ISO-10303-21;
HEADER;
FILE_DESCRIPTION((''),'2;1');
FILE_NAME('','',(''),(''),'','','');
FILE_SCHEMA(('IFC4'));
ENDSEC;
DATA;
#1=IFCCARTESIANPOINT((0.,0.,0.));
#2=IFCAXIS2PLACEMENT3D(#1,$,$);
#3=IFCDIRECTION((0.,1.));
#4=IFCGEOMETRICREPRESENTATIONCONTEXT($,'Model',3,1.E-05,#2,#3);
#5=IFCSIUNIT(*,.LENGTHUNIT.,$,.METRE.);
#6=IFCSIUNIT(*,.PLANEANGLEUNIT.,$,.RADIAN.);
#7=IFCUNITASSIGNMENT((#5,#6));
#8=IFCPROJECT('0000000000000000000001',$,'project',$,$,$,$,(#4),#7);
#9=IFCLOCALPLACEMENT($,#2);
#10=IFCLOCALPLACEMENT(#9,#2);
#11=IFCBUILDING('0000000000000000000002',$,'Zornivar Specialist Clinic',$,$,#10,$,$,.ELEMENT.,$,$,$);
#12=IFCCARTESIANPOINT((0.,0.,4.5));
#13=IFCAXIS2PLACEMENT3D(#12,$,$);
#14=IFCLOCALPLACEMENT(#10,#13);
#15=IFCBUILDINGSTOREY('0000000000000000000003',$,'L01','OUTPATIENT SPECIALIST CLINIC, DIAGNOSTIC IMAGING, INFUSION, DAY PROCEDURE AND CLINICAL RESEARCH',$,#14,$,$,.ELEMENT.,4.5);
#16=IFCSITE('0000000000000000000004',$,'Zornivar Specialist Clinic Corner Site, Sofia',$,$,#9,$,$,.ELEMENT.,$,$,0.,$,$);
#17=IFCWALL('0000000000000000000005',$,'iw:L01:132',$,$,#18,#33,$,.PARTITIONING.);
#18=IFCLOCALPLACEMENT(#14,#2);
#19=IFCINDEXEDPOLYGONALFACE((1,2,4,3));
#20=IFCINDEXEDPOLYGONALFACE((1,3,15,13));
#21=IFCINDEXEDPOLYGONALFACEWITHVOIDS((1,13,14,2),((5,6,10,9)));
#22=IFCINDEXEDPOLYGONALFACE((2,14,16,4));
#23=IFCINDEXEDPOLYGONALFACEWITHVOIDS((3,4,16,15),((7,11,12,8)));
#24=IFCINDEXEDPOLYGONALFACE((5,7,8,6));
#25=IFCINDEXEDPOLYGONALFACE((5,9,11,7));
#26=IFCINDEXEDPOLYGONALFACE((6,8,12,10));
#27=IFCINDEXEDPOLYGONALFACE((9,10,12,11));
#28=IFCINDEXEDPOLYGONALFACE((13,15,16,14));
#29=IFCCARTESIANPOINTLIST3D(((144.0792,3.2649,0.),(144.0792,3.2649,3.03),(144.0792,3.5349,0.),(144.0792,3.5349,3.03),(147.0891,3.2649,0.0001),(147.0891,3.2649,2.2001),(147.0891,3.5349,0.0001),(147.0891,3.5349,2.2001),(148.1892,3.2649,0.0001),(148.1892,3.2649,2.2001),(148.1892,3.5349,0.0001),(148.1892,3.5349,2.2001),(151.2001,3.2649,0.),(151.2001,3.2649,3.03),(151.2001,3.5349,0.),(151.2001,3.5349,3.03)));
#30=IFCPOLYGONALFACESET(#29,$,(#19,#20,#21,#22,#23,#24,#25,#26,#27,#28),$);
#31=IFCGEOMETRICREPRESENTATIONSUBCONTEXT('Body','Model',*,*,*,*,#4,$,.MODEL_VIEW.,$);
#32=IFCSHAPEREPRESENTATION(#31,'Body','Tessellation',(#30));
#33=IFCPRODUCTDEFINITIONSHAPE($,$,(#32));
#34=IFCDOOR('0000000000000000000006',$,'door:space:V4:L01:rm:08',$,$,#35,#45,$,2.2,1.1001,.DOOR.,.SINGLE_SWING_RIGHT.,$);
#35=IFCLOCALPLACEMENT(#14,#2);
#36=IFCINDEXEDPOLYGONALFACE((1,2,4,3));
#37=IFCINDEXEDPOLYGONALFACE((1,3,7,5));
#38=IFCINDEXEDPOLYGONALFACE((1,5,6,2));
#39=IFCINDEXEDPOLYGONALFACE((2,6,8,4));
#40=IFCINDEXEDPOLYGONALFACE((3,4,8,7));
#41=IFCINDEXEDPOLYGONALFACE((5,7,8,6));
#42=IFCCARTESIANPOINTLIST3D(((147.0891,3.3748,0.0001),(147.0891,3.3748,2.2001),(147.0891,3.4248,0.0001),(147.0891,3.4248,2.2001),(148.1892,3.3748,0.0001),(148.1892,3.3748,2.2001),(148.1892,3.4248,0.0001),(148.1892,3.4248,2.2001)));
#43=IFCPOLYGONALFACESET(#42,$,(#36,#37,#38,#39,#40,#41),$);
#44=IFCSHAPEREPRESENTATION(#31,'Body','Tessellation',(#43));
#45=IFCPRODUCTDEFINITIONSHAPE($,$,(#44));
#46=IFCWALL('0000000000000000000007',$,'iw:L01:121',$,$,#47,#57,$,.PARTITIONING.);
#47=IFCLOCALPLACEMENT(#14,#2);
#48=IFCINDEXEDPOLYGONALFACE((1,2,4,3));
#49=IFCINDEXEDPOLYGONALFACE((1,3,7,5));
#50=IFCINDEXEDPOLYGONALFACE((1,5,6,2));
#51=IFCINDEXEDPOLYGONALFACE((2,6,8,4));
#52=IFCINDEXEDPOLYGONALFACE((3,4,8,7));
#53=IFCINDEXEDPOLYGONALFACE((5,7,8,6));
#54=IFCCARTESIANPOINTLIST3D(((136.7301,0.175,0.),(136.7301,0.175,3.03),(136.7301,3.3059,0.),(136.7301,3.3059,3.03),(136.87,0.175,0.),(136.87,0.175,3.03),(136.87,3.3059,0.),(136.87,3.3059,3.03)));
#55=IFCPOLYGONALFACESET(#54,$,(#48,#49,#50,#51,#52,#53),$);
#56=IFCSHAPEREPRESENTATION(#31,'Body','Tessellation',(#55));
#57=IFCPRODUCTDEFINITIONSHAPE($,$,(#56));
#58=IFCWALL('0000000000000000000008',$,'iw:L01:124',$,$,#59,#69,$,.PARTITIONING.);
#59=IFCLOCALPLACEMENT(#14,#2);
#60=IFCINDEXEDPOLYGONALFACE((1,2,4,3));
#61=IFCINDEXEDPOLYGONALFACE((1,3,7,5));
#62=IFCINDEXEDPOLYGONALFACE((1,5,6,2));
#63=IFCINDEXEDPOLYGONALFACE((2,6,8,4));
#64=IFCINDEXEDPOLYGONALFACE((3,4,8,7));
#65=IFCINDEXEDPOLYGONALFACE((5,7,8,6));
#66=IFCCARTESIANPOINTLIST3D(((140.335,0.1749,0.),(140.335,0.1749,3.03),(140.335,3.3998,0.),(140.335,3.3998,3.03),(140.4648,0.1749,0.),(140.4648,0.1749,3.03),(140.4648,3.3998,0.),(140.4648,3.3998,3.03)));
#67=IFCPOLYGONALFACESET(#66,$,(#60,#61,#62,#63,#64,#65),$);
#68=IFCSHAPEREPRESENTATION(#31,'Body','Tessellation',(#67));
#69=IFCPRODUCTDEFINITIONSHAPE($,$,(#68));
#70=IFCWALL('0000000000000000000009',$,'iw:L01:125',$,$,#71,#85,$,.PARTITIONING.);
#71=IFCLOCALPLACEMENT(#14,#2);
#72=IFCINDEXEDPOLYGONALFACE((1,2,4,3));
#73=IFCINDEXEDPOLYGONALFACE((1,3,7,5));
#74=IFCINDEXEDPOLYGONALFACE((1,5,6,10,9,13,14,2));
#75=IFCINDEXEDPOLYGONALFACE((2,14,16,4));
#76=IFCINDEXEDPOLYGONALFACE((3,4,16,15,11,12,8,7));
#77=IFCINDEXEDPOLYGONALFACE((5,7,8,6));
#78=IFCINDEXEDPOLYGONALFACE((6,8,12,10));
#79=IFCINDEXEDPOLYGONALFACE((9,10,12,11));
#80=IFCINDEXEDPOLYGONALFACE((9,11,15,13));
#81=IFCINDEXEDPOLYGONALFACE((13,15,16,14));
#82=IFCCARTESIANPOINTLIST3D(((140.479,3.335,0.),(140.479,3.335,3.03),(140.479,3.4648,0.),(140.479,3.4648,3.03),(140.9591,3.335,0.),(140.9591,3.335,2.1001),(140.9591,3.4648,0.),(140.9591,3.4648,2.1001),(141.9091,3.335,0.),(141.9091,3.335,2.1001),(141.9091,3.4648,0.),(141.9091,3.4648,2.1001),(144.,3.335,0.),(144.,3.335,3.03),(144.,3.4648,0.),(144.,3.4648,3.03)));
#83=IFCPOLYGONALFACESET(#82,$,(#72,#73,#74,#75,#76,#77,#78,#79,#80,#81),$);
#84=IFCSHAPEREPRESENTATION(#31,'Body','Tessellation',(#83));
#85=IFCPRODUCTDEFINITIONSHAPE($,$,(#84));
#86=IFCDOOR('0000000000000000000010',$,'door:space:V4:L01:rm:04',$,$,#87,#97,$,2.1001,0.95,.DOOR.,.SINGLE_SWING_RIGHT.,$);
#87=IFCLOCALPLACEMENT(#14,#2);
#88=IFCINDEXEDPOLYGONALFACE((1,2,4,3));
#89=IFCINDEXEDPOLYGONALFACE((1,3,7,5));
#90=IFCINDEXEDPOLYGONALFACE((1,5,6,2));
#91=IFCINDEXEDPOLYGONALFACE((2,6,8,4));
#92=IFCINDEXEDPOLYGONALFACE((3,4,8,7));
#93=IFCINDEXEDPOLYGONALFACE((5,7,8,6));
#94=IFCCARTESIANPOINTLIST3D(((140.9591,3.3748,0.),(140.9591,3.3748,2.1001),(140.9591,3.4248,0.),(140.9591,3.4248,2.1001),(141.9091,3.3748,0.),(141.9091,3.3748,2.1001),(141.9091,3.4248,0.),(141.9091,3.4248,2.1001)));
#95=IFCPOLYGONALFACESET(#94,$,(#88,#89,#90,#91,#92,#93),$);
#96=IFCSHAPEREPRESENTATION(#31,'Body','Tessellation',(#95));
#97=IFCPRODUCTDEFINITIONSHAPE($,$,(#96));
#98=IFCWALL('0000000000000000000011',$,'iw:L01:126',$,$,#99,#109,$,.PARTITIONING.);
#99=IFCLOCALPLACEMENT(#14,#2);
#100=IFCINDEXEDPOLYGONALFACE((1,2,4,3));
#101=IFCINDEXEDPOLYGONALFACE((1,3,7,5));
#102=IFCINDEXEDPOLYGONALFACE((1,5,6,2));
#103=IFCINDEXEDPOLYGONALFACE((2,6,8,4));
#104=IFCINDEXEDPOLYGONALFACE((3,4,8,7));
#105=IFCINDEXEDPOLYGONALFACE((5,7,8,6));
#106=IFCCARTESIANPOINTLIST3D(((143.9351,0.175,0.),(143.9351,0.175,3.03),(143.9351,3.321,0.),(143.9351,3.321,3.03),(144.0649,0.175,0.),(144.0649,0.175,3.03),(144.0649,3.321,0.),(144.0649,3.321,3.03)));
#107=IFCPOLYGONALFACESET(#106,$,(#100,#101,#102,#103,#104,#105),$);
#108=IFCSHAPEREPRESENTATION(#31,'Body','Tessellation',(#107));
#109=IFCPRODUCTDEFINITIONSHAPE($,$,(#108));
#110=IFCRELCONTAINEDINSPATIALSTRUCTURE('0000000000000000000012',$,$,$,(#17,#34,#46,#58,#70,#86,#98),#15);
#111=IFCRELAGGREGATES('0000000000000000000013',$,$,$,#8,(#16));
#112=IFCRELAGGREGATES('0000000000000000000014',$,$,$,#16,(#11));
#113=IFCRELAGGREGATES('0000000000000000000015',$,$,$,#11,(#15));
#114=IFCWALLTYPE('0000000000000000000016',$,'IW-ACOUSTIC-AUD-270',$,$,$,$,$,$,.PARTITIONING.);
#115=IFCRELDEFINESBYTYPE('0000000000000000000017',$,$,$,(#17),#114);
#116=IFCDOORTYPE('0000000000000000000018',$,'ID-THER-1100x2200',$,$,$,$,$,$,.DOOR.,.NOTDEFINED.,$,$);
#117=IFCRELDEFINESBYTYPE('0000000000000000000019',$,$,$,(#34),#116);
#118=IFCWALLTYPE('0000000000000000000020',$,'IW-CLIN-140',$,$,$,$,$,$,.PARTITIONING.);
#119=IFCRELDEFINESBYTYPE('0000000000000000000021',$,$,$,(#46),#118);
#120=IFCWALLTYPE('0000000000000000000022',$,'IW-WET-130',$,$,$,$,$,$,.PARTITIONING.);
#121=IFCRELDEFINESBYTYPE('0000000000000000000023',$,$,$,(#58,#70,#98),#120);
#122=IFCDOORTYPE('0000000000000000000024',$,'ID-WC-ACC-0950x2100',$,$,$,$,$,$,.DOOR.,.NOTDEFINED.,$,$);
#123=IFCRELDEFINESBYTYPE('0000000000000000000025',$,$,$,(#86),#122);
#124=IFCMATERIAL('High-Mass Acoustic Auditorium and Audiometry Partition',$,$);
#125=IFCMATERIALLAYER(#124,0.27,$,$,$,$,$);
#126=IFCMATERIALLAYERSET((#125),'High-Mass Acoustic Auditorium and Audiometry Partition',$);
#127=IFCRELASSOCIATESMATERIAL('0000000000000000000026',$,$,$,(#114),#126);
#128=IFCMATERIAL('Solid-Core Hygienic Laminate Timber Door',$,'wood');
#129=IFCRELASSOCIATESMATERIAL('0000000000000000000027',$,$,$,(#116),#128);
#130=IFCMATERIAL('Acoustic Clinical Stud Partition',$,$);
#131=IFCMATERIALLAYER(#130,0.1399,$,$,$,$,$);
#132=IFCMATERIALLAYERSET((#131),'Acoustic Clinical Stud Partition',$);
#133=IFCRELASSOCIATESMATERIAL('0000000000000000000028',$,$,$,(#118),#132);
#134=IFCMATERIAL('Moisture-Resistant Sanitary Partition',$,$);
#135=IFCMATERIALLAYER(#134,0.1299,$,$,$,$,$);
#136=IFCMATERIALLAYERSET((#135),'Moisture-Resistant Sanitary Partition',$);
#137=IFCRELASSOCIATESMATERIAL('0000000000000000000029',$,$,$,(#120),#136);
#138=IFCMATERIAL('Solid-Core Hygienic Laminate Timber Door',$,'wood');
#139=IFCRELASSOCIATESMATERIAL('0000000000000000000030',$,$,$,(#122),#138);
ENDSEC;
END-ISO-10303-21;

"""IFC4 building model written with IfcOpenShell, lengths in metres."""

from ifc_helpers import new_model, si_unit, direction, frame, frame_2d, origin, place, context, subcontext, project, spatial, rectangle, extrude, material, layer, layer_set, type_object, element, fill, save


model = new_model("IFC4")

# Units and contexts
model_context = context("Model", 3, precision=1e-05, world=origin(), true_north=direction((0.0, 1.0)))
body_context = subcontext(model_context, "Body", "Model", "MODEL_VIEW")
ifc_project = project(units=[si_unit("LENGTHUNIT", "METRE"), si_unit("PLANEANGLEUNIT", "RADIAN")], contexts=[model_context])

# Site, building, storey
site_placement = place(None, origin())
site = spatial("IfcSite", under=ifc_project, at=site_placement, Name="Zornivar Specialist Clinic Corner Site, Sofia", CompositionType="ELEMENT", RefElevation=0.0)
building_placement = place(site_placement, origin())
building = spatial("IfcBuilding", under=site, at=building_placement, Name="Zornivar Specialist Clinic", CompositionType="ELEMENT")
storey_placement = place(building_placement, frame((0.0, 0.0, 4.5)))
storey = spatial("IfcBuildingStorey", under=building, at=storey_placement, Name="L01", Description="OUTPATIENT SPECIALIST CLINIC, DIAGNOSTIC IMAGING, INFUSION, DAY PROCEDURE AND CLINICAL RESEARCH", CompositionType="ELEMENT", Elevation=4.5)

# Wall, opening, door
ifc_material_1 = material(Name="High-Mass Acoustic Auditorium and Audiometry Partition")
ifc_layer_1 = layer(ifc_material_1, 0.27)
ifc_layer_set_1 = layer_set([ifc_layer_1], Name="High-Mass Acoustic Auditorium and Audiometry Partition")
wall_type_1 = type_object("IfcWallType", Name="IW-ACOUSTIC-AUD-270", PredefinedType="PARTITIONING", material=ifc_layer_set_1)
wall_1_placement = place(storey_placement, frame((144.0791, 3.3999, 0.0), z_axis=(0.0, 0.0, 1.0), x_axis=(1.0, 0.0, 0.0)))
wall_1 = element("IfcWall", 1, at=wall_1_placement, inside=storey, type_object=wall_type_1, Name="iw:L01:132", PredefinedType="PARTITIONING", context=body_context, shape_type="SweptSolid", body=[
    extrude(rectangle(XDim=7.1208, YDim=0.27, at=frame_2d((3.5605, 0.0))), origin(), (0.0, 0.0, 1.0), 3.03),
])
opening_1_placement = place(wall_1_placement, frame((3.01, 0.0, 0.0)))
opening_1 = element("IfcOpeningElement", 2, at=opening_1_placement, cuts=wall_1, PredefinedType="OPENING", context=body_context, shape_type="SweptSolid", body=[
    extrude(rectangle(XDim=1.1001, YDim=2.2, at=frame_2d((0.55, 1.1001))), frame((0.0, 0.145, 0.0), z_axis=(0.0, -1.0, 0.0), x_axis=(1.0, 0.0, 0.0)), (0.0, 0.0, 1.0), 0.29),
])
ifc_material_2 = material(Name="Solid-Core Hygienic Laminate Timber Door", Category="wood")
door_type_1 = type_object("IfcDoorType", Name="ID-THER-1100x2200", OperationType="NOTDEFINED", PredefinedType="DOOR", material=ifc_material_2)
door_1_placement = place(opening_1_placement, origin())
door_1 = element("IfcDoor", 3, at=door_1_placement, inside=storey, type_object=door_type_1, Name="door:space:V4:L01:rm:08", OperationType="SINGLE_SWING_RIGHT", OverallHeight=2.2, OverallWidth=1.1001, PredefinedType="DOOR", context=body_context, shape_type="SweptSolid", body=[
    extrude(rectangle(XDim=1.1001, YDim=2.2, at=frame_2d((0.55, 1.1001))), frame((0.0, 0.0249, 0.0), z_axis=(0.0, -1.0, 0.0), x_axis=(1.0, 0.0, 0.0)), (0.0, 0.0, 1.0), 0.05),
])
fill(opening_1, door_1)

# Wall
ifc_material_3 = material(Name="Acoustic Clinical Stud Partition")
ifc_layer_2 = layer(ifc_material_3, 0.1399)
ifc_layer_set_2 = layer_set([ifc_layer_2], Name="Acoustic Clinical Stud Partition")
wall_type_2 = type_object("IfcWallType", Name="IW-CLIN-140", PredefinedType="PARTITIONING", material=ifc_layer_set_2)
wall_2_placement = place(storey_placement, frame((136.8, 3.3059, 0.0), z_axis=(0.0, 0.0, 1.0), x_axis=(0.0, -1.0, 0.0)))
element("IfcWall", 4, at=wall_2_placement, inside=storey, type_object=wall_type_2, Name="iw:L01:121", PredefinedType="PARTITIONING", context=body_context, shape_type="SweptSolid", body=[
    extrude(rectangle(XDim=3.1309, YDim=0.1399, at=frame_2d((1.5654, 0.0))), origin(), (0.0, 0.0, 1.0), 3.03),
])

# Wall
ifc_material_4 = material(Name="Moisture-Resistant Sanitary Partition")
ifc_layer_3 = layer(ifc_material_4, 0.1299)
ifc_layer_set_3 = layer_set([ifc_layer_3], Name="Moisture-Resistant Sanitary Partition")
wall_type_3 = type_object("IfcWallType", Name="IW-WET-130", PredefinedType="PARTITIONING", material=ifc_layer_set_3)
wall_3_placement = place(storey_placement, frame((140.3999, 0.175, 0.0), z_axis=(0.0, 0.0, 1.0), x_axis=(0.0, 1.0, 0.0)))
element("IfcWall", 5, at=wall_3_placement, inside=storey, type_object=wall_type_3, Name="iw:L01:124", PredefinedType="PARTITIONING", context=body_context, shape_type="SweptSolid", body=[
    extrude(rectangle(XDim=3.2249, YDim=0.1299, at=frame_2d((1.6123, 0.0))), origin(), (0.0, 0.0, 1.0), 3.03),
])

# Wall, opening, door
wall_4_placement = place(storey_placement, frame((140.479, 3.3999, 0.0), z_axis=(0.0, 0.0, 1.0), x_axis=(1.0, 0.0, 0.0)))
wall_4 = element("IfcWall", 6, at=wall_4_placement, inside=storey, type_object=wall_type_3, Name="iw:L01:125", PredefinedType="PARTITIONING", context=body_context, shape_type="SweptSolid", body=[
    extrude(rectangle(XDim=3.521, YDim=0.1299, at=frame_2d((1.7605, 0.0))), origin(), (0.0, 0.0, 1.0), 3.03),
])
opening_2_placement = place(wall_4_placement, frame((0.48, 0.0, 0.0)))
opening_2 = element("IfcOpeningElement", 7, at=opening_2_placement, cuts=wall_4, PredefinedType="OPENING", context=body_context, shape_type="SweptSolid", body=[
    extrude(rectangle(XDim=0.95, YDim=2.1001, at=frame_2d((0.4751, 1.05))), frame((0.0, 0.075, 0.0), z_axis=(0.0, -1.0, 0.0), x_axis=(1.0, 0.0, 0.0)), (0.0, 0.0, 1.0), 0.1499),
])
ifc_material_5 = material(Name="Solid-Core Hygienic Laminate Timber Door", Category="wood")
door_type_2 = type_object("IfcDoorType", Name="ID-WC-ACC-0950x2100", OperationType="NOTDEFINED", PredefinedType="DOOR", material=ifc_material_5)
door_2_placement = place(opening_2_placement, origin())
door_2 = element("IfcDoor", 8, at=door_2_placement, inside=storey, type_object=door_type_2, Name="door:space:V4:L01:rm:04", OperationType="SINGLE_SWING_RIGHT", OverallHeight=2.1001, OverallWidth=0.95, PredefinedType="DOOR", context=body_context, shape_type="SweptSolid", body=[
    extrude(rectangle(XDim=0.95, YDim=2.1001, at=frame_2d((0.4751, 1.05))), frame((0.0, 0.0249, 0.0), z_axis=(0.0, -1.0, 0.0), x_axis=(1.0, 0.0, 0.0)), (0.0, 0.0, 1.0), 0.05),
])
fill(opening_2, door_2)

# Wall
wall_5_placement = place(storey_placement, frame((144.0, 3.321, 0.0), z_axis=(0.0, 0.0, 1.0), x_axis=(0.0, -1.0, 0.0)))
element("IfcWall", 9, at=wall_5_placement, inside=storey, type_object=wall_type_3, Name="iw:L01:126", PredefinedType="PARTITIONING", context=body_context, shape_type="SweptSolid", body=[
    extrude(rectangle(XDim=3.146, YDim=0.1299, at=frame_2d((1.573, 0.0))), origin(), (0.0, 0.0, 1.0), 3.03),
])

save(model, "model.ifc")
